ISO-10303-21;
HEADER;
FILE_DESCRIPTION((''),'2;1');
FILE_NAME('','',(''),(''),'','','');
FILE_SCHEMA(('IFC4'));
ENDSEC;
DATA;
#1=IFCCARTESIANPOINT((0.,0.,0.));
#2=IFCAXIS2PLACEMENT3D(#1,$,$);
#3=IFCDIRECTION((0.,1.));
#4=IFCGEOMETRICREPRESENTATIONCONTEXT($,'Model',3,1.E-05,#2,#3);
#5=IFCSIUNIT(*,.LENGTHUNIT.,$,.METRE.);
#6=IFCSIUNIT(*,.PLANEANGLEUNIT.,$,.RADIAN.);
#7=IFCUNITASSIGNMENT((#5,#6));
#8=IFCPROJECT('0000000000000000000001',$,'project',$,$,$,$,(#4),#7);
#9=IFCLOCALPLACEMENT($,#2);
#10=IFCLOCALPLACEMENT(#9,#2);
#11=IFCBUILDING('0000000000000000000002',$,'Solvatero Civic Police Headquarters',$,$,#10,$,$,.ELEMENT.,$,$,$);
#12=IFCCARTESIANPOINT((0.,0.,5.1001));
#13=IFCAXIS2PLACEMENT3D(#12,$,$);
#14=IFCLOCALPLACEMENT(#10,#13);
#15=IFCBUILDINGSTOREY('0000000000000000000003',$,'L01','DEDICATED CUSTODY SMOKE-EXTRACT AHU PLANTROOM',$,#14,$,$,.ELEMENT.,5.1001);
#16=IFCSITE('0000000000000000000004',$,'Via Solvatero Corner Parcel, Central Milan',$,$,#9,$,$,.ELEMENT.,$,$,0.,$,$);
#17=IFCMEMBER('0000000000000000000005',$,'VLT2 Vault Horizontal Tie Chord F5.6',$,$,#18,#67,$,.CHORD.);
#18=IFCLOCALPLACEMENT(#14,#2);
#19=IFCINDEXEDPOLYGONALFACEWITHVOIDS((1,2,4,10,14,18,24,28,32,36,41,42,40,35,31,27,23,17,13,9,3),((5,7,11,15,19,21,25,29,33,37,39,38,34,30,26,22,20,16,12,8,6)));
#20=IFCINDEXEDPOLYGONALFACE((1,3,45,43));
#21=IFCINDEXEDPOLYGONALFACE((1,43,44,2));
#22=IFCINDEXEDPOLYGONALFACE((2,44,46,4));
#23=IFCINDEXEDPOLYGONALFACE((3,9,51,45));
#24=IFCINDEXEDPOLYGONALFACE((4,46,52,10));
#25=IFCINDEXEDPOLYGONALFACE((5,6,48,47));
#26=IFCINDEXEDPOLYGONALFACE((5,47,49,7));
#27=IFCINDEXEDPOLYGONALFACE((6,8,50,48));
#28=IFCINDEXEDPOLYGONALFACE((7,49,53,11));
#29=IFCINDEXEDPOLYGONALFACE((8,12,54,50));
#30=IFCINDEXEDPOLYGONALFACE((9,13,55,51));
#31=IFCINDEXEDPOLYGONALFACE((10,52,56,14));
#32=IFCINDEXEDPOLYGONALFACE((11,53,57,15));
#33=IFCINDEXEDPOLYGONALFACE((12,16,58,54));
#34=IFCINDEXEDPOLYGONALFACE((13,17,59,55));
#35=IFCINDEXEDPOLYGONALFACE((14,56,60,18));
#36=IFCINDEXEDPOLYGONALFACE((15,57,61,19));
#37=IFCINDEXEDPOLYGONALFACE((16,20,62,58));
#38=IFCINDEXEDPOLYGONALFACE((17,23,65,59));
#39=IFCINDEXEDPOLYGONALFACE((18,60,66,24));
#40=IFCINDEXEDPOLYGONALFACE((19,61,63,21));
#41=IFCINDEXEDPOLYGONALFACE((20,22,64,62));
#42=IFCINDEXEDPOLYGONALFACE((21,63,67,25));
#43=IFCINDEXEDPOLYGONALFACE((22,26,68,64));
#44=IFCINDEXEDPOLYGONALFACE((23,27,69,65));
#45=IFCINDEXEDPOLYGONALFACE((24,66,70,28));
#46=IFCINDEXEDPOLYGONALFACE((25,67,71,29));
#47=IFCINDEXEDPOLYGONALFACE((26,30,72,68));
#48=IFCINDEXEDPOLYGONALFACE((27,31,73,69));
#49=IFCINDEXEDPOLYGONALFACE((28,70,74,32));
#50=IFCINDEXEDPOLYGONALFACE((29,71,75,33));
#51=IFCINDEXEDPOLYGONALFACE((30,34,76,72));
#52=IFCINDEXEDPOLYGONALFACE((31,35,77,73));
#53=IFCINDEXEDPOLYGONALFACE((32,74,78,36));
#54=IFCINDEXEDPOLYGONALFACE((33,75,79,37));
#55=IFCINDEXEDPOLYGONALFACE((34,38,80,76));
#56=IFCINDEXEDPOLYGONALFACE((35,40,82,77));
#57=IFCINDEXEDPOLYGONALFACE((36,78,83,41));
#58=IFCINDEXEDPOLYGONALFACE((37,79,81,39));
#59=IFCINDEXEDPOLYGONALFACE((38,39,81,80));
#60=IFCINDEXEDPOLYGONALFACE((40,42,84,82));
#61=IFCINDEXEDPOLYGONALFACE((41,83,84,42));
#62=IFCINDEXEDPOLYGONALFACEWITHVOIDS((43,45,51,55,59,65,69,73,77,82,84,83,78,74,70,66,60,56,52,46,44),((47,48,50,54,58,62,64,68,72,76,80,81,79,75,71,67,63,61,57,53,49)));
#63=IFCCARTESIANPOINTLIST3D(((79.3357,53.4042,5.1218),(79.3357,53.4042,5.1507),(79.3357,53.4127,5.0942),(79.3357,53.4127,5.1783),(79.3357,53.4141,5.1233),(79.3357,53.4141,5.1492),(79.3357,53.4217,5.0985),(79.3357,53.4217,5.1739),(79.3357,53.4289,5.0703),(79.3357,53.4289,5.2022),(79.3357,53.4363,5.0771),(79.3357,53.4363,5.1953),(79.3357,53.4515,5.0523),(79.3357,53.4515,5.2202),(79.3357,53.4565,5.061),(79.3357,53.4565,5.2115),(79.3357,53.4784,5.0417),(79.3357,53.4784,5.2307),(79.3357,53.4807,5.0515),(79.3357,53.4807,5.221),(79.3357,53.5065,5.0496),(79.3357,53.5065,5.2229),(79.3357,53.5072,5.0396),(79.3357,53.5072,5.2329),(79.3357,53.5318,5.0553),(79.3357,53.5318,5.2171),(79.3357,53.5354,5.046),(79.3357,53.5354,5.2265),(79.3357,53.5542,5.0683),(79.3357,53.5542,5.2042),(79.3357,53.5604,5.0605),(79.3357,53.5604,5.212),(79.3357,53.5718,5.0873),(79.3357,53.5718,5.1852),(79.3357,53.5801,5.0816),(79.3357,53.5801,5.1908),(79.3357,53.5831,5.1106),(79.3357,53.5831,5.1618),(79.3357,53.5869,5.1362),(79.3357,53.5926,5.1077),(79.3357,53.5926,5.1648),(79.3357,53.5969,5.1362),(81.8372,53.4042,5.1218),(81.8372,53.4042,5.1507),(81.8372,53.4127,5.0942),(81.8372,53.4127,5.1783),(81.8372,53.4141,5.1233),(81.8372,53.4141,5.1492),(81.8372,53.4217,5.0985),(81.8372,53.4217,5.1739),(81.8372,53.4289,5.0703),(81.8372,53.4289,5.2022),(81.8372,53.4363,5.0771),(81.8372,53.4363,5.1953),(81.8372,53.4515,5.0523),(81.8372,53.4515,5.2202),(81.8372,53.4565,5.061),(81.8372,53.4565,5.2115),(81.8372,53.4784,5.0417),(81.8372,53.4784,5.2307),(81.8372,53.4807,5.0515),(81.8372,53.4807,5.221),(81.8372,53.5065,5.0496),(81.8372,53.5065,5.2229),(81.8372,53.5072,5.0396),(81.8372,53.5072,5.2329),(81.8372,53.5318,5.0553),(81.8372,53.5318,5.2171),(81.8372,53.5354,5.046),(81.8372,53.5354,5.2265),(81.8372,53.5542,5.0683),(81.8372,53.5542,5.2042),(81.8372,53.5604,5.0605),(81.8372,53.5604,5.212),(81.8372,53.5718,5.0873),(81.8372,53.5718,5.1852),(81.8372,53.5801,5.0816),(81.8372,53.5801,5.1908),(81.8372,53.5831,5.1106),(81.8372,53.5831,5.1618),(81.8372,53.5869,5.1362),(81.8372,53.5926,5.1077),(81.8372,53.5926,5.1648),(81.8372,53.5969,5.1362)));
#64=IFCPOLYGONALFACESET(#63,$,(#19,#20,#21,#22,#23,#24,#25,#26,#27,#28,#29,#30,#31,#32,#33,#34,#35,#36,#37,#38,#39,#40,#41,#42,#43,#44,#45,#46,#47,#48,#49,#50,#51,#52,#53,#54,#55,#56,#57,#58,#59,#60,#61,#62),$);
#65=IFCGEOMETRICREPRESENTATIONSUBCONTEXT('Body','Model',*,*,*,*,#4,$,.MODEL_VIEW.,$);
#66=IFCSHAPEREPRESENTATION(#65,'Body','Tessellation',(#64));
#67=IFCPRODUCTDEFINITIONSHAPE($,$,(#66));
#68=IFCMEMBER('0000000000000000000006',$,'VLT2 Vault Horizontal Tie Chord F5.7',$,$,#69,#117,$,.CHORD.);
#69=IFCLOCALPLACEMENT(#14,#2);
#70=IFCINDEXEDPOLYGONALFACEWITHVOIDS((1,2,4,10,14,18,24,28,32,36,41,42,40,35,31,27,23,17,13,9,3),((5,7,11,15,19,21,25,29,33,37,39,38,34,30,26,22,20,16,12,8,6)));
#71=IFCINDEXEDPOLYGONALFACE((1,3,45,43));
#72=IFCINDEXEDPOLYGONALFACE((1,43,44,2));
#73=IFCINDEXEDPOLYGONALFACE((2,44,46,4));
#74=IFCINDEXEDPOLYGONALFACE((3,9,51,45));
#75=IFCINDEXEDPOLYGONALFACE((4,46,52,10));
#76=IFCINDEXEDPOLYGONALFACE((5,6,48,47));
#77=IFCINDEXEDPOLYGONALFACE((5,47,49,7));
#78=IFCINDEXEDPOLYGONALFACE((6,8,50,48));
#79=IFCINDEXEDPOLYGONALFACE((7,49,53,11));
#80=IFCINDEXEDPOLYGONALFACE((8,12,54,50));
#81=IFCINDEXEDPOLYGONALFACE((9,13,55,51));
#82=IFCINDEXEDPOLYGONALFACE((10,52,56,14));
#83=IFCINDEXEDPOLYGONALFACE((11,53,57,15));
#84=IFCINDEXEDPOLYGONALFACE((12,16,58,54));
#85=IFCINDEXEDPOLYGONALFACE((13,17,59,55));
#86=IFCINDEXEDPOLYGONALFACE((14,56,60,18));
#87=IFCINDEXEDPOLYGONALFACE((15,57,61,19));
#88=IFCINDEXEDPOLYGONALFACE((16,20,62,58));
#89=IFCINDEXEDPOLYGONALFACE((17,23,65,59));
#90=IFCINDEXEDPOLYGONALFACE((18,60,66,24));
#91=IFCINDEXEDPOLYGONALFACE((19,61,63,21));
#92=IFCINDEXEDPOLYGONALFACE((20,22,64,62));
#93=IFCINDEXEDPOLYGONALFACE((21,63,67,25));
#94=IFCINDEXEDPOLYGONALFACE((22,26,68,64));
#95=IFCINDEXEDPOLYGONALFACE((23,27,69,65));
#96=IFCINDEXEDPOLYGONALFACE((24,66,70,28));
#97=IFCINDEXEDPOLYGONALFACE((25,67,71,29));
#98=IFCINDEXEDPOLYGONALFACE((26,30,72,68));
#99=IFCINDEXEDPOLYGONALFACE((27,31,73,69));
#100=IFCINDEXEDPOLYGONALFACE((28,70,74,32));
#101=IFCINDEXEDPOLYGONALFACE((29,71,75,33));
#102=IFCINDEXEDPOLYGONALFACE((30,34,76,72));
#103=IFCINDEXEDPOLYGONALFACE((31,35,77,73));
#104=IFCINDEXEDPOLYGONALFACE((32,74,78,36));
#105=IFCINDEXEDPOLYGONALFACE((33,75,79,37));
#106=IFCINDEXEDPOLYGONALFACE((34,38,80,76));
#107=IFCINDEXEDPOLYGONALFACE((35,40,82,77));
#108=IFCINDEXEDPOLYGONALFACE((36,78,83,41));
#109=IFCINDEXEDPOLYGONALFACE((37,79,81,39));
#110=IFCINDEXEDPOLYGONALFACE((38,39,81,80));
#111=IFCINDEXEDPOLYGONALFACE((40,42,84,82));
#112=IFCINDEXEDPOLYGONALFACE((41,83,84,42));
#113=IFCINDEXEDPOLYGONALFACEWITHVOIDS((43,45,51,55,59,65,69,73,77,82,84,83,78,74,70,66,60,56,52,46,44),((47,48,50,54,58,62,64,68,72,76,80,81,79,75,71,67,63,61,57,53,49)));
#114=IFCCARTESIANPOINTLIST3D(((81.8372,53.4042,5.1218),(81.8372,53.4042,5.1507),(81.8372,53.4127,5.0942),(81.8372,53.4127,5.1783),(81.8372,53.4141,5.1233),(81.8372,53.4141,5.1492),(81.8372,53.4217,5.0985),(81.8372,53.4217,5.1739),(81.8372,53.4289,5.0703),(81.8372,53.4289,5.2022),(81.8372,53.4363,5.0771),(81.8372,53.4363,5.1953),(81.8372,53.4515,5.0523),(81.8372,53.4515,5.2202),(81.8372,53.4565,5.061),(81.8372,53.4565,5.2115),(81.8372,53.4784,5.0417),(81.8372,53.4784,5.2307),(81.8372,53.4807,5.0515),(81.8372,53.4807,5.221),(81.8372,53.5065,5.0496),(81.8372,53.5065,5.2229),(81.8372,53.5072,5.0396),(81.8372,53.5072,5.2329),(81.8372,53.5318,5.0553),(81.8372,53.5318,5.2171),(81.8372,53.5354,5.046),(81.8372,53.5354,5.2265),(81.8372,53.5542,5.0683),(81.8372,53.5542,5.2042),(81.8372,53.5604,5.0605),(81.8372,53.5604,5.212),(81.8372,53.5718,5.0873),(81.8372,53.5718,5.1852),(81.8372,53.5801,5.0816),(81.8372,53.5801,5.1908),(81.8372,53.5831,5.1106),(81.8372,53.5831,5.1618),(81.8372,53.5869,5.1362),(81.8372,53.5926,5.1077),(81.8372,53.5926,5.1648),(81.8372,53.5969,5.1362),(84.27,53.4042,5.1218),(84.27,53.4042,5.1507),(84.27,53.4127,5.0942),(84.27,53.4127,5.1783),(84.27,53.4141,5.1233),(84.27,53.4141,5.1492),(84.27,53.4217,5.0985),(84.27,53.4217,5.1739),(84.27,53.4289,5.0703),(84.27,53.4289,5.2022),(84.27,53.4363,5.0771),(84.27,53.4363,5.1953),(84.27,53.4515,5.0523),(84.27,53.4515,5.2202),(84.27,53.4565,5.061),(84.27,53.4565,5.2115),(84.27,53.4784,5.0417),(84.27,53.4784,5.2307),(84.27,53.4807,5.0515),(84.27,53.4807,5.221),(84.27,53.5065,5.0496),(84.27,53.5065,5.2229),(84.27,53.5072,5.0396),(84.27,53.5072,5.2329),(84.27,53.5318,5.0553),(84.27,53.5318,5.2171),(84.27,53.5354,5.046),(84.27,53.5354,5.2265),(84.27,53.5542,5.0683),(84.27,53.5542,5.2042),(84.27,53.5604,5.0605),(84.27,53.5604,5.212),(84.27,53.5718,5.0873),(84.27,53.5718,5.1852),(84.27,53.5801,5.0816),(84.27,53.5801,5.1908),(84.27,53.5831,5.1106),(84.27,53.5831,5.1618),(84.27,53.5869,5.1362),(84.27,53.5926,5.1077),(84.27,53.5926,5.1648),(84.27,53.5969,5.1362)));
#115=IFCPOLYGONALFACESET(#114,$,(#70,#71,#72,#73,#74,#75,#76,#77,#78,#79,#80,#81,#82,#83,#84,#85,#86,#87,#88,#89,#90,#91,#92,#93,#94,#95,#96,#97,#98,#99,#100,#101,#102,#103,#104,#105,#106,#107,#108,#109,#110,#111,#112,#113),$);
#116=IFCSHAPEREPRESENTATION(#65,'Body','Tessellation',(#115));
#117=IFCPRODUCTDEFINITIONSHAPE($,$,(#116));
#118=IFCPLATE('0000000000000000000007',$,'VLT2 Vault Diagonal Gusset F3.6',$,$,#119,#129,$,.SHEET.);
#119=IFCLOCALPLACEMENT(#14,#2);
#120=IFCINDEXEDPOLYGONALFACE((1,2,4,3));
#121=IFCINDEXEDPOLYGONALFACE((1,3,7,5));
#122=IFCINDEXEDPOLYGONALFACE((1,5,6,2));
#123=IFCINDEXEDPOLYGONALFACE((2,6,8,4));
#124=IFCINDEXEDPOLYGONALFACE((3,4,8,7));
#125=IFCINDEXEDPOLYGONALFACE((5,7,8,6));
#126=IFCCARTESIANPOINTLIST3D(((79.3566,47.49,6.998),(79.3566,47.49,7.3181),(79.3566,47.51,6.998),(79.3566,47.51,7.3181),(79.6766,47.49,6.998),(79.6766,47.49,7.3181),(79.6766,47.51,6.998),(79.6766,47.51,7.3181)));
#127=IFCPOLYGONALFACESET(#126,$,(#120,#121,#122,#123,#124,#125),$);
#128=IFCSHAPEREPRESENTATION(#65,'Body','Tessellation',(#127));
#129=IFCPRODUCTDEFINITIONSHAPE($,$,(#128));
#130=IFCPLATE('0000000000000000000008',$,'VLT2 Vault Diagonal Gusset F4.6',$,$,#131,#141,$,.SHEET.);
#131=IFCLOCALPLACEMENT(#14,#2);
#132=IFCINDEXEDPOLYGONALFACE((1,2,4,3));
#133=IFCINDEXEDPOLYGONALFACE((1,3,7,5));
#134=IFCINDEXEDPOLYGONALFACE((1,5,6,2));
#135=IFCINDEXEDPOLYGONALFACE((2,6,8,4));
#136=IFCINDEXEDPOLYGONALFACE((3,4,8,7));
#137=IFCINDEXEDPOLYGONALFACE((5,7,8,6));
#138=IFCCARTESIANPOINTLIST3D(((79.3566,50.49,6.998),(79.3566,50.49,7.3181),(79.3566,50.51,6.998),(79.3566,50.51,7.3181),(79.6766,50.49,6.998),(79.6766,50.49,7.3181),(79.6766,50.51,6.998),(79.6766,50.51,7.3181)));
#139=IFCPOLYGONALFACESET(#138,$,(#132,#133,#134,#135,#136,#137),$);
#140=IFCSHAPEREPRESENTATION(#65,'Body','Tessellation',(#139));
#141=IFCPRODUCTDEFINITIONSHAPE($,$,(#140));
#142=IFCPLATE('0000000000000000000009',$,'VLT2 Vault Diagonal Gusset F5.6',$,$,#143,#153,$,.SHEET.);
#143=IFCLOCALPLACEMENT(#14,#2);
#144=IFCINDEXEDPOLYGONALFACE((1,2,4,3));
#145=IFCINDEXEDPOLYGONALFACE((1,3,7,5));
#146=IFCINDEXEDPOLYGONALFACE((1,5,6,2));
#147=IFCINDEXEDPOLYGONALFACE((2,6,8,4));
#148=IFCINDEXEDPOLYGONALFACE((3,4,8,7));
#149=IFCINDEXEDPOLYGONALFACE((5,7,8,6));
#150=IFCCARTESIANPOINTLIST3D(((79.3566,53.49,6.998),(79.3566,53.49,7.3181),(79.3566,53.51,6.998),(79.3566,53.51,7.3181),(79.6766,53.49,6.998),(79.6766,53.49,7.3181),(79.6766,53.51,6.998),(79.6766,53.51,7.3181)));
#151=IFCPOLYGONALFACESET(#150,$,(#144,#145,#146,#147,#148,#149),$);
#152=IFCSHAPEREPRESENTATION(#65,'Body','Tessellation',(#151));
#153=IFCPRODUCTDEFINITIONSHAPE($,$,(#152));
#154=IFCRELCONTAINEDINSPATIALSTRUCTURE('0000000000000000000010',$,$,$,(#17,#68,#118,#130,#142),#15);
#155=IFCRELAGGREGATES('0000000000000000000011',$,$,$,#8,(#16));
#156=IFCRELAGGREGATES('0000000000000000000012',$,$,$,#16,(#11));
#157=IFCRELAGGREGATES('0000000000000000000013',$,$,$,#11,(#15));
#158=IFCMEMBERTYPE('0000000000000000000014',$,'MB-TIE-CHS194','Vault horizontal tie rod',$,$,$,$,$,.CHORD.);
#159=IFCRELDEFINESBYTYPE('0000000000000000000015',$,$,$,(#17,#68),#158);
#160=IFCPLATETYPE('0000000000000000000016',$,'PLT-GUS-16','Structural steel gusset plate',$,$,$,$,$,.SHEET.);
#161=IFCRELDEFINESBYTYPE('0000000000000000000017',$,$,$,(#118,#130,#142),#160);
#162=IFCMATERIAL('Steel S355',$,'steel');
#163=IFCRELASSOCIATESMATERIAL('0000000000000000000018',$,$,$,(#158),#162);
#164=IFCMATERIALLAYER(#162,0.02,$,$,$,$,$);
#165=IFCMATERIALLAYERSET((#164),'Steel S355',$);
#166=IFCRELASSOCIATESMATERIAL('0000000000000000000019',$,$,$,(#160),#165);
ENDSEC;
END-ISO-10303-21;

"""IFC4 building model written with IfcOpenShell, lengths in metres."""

from ifc_helpers import new_model, si_unit, direction, frame, origin, origin_2d, place, context, subcontext, project, spatial, rectangle, hollow_circle, extrude, material, layer, layer_set, material_profile, profile_set, type_object, element, save


model = new_model("IFC4")

# Units and contexts
model_context = context("Model", 3, precision=1e-05, world=origin(), true_north=direction((0.0, 1.0)))
body_context = subcontext(model_context, "Body", "Model", "MODEL_VIEW")
ifc_project = project(units=[si_unit("LENGTHUNIT", "METRE"), si_unit("PLANEANGLEUNIT", "RADIAN")], contexts=[model_context])

# Site, building, storey
site_placement = place(None, origin())
site = spatial("IfcSite", under=ifc_project, at=site_placement, Name="Via Solvatero Corner Parcel, Central Milan", CompositionType="ELEMENT", RefElevation=0.0)
building_placement = place(site_placement, origin())
building = spatial("IfcBuilding", under=site, at=building_placement, Name="Solvatero Civic Police Headquarters", CompositionType="ELEMENT")
storey_placement = place(building_placement, frame((0.0, 0.0, 5.1001)))
storey = spatial("IfcBuildingStorey", under=building, at=storey_placement, Name="L01", Description="DEDICATED CUSTODY SMOKE-EXTRACT AHU PLANTROOM", CompositionType="ELEMENT", Elevation=5.1001)

# Shared definitions
ifc_material = material(Name="Steel S355", Category="steel")

# Members
ifc_material_profile_1 = material_profile(ifc_material, hollow_circle(Radius=0.0969, WallThickness=0.01, at=origin_2d()), Name="CHS 193.7x10.0")
ifc_profile_set_1 = profile_set([ifc_material_profile_1], Name="Steel S355")
member_type_1 = type_object("IfcMemberType", Name="MB-TIE-CHS194", Description="Vault horizontal tie rod", PredefinedType="CHORD", material=ifc_profile_set_1)
member_1_placement = place(storey_placement, frame((79.3357, 53.5, 5.1362), z_axis=(1.0, 0.0, 0.0), x_axis=(0.0, 1.0, 0.0)))
element("IfcMember", 1, at=member_1_placement, inside=storey, type_object=member_type_1, Name="VLT2 Vault Horizontal Tie Chord F5.6", PredefinedType="CHORD", context=body_context, shape_type="SweptSolid", body=[
    extrude(hollow_circle(Radius=0.0969, WallThickness=0.01, at=origin_2d()), origin(), (0.0, 0.0, 1.0), 2.5015),
])
member_2_placement = place(storey_placement, frame((81.8372, 53.5, 5.1362), z_axis=(1.0, 0.0, 0.0), x_axis=(0.0, 1.0, 0.0)))
element("IfcMember", 2, at=member_2_placement, inside=storey, type_object=member_type_1, Name="VLT2 Vault Horizontal Tie Chord F5.7", PredefinedType="CHORD", context=body_context, shape_type="SweptSolid", body=[
    extrude(hollow_circle(Radius=0.0969, WallThickness=0.01, at=origin_2d()), origin(), (0.0, 0.0, 1.0), 2.4329),
])

# Plates
ifc_layer = layer(ifc_material, 0.02)
ifc_layer_set = layer_set([ifc_layer], Name="Steel S355")
plate_type = type_object("IfcPlateType", Name="PLT-GUS-16", Description="Structural steel gusset plate", PredefinedType="SHEET", material=ifc_layer_set)
for number, where, z_axis, x_axis, name in (
    (3, (79.5166, 47.5, 6.998), (0.0, 0.0, 1.0), (1.0, 0.0, 0.0), "VLT2 Vault Diagonal Gusset F3.6"),
    (4, (79.5166, 50.5, 6.998), (0.0, 0.0, 1.0), (1.0, 0.0, 0.0), "VLT2 Vault Diagonal Gusset F4.6"),
    (5, (79.5166, 53.5, 6.998), (0.0, 0.0, 1.0), (1.0, 0.0, 0.0), "VLT2 Vault Diagonal Gusset F5.6"),
):
    element("IfcPlate", number, at=place(storey_placement, frame(where, z_axis=z_axis, x_axis=x_axis)), inside=storey, type_object=plate_type, Name=name, PredefinedType="SHEET", context=body_context, shape_type="SweptSolid", body=[
        extrude(rectangle(XDim=0.3201, YDim=0.02, at=origin_2d()), origin(), (0.0, 0.0, 1.0), 0.3201),
    ])

save(model, "model.ifc")
